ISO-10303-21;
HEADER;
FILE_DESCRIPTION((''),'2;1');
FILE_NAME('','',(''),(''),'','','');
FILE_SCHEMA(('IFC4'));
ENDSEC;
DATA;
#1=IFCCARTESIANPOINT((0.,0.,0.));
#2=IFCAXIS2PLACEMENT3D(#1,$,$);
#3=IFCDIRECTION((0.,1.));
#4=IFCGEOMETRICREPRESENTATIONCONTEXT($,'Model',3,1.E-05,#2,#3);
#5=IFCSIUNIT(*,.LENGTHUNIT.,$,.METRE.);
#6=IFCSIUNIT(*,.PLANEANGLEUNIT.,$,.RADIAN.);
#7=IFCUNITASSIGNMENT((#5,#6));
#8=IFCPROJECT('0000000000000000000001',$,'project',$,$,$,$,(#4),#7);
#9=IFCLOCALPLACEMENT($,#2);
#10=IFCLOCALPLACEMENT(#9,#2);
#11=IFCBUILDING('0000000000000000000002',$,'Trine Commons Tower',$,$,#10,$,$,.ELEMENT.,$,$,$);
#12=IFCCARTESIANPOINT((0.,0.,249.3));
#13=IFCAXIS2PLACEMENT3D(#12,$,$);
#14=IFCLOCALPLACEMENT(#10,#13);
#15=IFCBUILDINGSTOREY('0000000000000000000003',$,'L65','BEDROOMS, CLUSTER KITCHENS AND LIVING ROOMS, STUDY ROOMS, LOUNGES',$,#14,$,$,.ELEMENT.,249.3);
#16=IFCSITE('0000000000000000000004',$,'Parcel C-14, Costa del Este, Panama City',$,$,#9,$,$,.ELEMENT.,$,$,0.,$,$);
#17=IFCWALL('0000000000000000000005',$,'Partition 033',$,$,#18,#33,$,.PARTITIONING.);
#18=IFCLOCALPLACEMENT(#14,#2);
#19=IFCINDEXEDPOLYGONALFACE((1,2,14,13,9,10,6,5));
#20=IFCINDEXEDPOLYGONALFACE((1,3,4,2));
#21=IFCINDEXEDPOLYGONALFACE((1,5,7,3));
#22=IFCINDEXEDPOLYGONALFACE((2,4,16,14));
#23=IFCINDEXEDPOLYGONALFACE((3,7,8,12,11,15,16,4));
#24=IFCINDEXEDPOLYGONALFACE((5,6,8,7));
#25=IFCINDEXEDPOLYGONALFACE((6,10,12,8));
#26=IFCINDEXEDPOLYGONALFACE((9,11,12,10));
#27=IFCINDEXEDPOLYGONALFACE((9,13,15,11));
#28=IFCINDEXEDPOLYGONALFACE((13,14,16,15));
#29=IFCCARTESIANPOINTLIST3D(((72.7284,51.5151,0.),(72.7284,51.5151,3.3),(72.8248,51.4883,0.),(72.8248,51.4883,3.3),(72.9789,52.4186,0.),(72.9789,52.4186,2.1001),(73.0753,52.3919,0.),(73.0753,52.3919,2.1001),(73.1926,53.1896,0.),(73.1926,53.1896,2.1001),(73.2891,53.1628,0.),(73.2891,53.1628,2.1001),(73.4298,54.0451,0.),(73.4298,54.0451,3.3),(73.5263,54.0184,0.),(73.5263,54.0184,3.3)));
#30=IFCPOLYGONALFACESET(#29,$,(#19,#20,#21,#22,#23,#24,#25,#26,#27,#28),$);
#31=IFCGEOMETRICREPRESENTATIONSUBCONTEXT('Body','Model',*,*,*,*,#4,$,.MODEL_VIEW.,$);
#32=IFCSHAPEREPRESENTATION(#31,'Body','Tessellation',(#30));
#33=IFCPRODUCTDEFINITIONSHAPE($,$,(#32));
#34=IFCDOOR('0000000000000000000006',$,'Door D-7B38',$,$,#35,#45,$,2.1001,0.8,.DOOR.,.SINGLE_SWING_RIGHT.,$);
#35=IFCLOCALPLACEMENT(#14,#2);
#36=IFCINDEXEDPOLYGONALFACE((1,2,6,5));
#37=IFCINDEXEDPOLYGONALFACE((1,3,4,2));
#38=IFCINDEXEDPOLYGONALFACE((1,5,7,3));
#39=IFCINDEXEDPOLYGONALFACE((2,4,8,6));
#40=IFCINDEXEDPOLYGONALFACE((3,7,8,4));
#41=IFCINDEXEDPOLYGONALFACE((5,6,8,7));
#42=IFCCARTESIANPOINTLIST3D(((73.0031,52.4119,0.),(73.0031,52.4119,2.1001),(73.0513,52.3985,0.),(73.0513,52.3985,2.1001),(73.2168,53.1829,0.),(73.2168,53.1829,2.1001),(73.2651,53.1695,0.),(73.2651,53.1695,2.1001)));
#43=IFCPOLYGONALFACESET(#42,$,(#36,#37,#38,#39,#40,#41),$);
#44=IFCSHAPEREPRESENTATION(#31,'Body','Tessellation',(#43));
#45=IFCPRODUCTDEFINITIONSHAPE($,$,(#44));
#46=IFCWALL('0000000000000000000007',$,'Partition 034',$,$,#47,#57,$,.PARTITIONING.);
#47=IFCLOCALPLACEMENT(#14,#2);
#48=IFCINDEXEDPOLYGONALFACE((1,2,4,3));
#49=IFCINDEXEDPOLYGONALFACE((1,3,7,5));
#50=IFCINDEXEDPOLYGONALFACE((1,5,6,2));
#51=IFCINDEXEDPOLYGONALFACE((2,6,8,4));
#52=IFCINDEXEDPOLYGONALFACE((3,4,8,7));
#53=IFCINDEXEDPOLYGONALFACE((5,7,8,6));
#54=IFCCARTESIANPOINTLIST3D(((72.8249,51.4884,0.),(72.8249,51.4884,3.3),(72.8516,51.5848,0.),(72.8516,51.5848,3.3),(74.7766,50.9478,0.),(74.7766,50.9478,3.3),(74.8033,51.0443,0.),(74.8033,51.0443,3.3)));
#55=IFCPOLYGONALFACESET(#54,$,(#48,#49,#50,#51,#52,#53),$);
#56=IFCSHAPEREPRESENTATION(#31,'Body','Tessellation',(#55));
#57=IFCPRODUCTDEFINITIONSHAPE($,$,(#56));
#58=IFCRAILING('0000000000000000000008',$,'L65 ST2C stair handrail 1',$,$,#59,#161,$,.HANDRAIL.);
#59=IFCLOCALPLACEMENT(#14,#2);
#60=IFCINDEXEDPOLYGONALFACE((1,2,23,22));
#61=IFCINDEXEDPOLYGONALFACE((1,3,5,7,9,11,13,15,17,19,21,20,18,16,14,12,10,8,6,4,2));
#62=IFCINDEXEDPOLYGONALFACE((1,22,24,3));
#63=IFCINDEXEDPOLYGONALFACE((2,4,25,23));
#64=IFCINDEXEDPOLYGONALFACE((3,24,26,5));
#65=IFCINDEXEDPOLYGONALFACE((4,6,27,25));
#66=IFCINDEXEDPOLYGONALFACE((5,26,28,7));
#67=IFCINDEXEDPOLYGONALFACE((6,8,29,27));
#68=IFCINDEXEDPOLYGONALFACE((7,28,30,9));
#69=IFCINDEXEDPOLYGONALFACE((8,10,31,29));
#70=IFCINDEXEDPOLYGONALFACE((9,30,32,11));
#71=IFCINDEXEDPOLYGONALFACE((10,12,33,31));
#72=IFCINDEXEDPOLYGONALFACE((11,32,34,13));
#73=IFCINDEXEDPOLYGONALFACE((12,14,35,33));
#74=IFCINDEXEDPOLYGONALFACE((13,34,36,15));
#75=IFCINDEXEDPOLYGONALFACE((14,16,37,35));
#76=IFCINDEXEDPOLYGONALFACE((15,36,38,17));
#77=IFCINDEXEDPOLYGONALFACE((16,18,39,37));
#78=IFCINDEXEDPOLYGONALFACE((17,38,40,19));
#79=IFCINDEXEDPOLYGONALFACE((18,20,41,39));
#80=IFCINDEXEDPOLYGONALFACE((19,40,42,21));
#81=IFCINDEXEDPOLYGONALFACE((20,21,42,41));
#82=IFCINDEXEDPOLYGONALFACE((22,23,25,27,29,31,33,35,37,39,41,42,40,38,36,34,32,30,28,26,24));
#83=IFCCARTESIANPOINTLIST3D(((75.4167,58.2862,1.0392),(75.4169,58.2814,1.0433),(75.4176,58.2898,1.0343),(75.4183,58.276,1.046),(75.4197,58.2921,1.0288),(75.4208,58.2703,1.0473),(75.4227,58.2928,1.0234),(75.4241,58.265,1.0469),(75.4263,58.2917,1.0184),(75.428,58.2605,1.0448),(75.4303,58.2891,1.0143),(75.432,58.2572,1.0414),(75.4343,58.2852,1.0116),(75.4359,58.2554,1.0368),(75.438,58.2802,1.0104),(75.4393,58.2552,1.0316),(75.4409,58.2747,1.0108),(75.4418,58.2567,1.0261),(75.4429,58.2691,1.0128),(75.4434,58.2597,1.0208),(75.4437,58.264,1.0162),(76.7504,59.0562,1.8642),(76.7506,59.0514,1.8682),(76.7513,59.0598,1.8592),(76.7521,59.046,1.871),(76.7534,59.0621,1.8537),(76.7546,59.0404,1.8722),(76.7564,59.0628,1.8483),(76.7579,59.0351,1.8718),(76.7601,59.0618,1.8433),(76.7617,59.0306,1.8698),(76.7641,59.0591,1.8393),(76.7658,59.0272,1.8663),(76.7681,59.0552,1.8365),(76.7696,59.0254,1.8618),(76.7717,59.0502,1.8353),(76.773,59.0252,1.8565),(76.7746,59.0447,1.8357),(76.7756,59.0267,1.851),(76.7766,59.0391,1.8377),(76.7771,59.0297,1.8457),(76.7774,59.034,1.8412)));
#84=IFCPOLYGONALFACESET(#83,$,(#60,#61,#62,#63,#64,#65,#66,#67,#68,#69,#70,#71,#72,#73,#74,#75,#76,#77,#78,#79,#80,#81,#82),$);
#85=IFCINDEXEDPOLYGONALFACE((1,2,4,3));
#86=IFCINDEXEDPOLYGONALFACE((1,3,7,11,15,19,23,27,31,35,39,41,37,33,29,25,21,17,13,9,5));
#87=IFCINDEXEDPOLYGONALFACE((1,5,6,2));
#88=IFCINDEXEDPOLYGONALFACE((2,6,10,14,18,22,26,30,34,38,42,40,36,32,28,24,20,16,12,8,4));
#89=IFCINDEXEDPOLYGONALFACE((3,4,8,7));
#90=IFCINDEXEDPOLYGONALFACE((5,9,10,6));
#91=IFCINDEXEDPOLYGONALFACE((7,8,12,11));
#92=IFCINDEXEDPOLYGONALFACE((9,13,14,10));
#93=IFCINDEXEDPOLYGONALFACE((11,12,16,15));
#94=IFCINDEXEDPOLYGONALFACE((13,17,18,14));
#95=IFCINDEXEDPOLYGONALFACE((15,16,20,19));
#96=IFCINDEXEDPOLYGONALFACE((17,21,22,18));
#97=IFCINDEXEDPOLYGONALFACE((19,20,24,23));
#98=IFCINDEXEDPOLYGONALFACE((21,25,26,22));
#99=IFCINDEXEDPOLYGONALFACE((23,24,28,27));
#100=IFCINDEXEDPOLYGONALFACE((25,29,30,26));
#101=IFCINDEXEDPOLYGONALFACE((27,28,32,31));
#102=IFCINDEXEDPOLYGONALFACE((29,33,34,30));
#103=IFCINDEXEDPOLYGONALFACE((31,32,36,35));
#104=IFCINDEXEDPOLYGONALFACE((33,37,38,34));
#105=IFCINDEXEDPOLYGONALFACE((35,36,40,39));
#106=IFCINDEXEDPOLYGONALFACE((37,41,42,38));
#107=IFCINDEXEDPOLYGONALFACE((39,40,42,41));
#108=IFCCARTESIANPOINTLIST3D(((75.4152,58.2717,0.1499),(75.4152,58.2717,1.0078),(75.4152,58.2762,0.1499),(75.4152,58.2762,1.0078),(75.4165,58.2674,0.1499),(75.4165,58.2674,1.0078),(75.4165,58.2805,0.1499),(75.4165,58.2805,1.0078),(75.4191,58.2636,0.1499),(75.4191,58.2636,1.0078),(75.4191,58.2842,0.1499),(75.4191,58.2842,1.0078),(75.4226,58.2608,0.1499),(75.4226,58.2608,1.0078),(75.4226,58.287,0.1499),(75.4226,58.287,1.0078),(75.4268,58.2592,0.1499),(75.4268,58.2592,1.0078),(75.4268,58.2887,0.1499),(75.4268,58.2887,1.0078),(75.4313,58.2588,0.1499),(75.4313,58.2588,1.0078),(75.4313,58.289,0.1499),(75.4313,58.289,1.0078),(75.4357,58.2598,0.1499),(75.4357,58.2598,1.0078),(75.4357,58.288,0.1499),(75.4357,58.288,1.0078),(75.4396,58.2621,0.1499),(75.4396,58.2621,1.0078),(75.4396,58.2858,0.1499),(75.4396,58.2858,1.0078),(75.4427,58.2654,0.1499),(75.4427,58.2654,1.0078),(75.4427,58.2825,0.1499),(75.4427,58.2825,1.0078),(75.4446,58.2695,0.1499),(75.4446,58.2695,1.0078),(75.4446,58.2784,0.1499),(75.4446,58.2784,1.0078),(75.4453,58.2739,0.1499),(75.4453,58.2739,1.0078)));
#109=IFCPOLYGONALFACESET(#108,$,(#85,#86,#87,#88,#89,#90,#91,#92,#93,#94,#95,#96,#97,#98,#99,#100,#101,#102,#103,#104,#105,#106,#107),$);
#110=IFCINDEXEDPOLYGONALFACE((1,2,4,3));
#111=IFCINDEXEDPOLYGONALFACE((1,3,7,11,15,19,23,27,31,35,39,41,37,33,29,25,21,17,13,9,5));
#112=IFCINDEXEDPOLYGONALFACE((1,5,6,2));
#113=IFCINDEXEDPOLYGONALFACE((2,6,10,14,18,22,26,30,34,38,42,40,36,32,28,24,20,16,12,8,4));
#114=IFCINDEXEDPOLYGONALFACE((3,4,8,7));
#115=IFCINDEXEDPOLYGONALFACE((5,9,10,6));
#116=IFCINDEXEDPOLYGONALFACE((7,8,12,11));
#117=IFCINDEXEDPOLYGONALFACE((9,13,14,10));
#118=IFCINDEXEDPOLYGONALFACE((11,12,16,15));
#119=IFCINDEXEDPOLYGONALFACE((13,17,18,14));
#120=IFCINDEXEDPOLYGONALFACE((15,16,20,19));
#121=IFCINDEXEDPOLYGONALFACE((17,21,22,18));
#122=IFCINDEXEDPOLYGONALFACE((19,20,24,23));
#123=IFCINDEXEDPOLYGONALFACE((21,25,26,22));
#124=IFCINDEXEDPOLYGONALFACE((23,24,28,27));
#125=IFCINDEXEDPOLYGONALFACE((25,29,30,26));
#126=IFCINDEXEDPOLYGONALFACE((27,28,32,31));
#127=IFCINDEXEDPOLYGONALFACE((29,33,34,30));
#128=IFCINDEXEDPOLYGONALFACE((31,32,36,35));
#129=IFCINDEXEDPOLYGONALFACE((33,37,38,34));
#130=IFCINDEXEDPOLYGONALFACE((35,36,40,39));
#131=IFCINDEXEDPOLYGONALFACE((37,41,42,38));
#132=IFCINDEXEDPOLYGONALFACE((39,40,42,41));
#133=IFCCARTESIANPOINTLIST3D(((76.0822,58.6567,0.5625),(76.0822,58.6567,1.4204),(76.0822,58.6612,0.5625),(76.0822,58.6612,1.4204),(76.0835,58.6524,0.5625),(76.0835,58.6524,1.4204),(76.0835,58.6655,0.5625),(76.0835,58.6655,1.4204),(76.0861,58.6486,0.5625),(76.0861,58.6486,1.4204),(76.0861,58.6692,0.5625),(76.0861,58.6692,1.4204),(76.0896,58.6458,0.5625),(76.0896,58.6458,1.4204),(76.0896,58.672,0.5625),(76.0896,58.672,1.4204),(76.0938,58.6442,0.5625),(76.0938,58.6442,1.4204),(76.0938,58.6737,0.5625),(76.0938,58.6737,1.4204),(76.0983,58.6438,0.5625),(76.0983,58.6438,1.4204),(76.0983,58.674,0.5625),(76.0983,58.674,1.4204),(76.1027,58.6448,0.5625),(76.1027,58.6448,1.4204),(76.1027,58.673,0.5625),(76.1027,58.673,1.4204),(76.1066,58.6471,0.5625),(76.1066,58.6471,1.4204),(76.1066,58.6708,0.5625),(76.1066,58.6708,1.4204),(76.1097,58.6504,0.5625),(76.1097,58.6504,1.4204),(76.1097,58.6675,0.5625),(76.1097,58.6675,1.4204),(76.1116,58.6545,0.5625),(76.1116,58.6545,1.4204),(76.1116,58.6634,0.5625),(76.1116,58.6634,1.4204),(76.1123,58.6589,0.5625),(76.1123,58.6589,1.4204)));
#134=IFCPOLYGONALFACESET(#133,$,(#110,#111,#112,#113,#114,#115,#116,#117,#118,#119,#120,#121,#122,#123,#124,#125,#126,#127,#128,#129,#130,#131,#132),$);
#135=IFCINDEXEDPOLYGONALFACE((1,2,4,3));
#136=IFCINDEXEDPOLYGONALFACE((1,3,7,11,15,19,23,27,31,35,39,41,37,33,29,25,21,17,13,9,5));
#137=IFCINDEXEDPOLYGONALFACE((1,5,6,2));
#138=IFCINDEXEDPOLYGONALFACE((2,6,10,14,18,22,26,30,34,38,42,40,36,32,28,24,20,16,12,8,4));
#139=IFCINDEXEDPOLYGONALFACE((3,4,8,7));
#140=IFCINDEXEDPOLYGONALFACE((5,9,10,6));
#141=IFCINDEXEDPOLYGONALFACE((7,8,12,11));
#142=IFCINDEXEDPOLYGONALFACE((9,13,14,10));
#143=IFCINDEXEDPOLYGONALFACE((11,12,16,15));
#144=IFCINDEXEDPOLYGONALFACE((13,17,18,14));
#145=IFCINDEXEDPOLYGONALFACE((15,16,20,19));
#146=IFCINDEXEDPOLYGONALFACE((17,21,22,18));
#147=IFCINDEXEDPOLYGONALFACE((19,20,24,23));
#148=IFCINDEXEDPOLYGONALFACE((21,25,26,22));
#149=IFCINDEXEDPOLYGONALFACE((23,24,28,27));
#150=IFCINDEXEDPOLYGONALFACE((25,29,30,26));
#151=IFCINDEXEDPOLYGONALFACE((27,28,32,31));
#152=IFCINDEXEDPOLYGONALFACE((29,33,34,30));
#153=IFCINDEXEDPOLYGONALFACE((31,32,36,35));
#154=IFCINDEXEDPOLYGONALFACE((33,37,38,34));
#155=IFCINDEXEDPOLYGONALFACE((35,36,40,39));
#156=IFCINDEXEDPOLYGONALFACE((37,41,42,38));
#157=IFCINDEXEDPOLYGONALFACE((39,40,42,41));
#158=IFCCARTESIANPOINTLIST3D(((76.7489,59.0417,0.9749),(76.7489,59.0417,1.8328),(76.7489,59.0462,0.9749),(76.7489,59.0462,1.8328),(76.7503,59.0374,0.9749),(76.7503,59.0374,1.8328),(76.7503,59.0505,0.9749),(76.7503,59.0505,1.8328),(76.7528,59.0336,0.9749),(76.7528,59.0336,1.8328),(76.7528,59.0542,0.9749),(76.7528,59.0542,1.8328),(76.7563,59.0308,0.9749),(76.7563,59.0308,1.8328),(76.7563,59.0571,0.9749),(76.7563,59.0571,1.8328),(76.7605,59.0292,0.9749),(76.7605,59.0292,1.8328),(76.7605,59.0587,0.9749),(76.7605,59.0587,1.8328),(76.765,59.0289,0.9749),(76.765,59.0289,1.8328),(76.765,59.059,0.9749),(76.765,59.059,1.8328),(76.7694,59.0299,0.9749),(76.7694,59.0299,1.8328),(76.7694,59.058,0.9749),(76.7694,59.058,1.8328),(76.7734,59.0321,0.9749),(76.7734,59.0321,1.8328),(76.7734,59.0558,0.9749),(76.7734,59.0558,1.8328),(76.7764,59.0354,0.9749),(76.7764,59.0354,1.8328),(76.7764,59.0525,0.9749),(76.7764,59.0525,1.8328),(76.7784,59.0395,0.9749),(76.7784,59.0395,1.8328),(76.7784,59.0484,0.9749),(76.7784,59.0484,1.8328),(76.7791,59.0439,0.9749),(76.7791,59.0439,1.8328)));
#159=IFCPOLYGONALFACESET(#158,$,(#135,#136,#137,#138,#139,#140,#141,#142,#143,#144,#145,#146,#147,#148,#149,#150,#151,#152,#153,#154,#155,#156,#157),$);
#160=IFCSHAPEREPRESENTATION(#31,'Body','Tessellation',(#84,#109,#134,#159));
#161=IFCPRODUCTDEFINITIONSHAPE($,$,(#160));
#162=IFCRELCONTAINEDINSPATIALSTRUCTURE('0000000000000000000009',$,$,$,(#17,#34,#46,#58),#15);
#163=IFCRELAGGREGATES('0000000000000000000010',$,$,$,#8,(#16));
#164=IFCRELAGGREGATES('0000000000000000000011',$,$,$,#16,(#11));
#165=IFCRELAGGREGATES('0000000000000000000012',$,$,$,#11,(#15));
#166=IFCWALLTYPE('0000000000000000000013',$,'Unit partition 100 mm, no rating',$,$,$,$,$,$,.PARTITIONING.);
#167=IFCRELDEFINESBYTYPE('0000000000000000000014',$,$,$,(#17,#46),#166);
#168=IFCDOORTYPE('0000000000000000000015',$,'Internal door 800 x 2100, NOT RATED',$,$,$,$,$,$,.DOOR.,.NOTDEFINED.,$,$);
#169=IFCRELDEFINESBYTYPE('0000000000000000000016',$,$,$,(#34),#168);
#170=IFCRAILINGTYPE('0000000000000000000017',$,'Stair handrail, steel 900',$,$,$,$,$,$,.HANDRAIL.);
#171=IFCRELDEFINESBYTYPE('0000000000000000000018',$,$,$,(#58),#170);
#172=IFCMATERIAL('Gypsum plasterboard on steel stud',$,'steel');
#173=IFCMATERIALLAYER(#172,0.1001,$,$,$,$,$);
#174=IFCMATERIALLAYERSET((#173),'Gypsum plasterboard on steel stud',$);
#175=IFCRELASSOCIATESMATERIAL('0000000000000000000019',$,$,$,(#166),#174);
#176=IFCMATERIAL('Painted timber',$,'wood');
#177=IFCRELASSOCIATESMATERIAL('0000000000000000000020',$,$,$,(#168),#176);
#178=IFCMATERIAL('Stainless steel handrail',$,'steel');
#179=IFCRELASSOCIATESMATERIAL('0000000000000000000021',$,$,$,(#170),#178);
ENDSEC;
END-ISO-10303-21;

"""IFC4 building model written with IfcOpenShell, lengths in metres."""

from ifc_helpers import new_model, si_unit, direction, frame, frame_2d, origin, origin_2d, place, context, subcontext, project, spatial, rectangle, circle, extrude, material, layer, layer_set, type_object, element, fill, save


model = new_model("IFC4")

# Units and contexts
model_context = context("Model", 3, precision=1e-05, world=origin(), true_north=direction((0.0, 1.0)))
body_context = subcontext(model_context, "Body", "Model", "MODEL_VIEW")
ifc_project = project(units=[si_unit("LENGTHUNIT", "METRE"), si_unit("PLANEANGLEUNIT", "RADIAN")], contexts=[model_context])

# Site, building, storey
site_placement = place(None, origin())
site = spatial("IfcSite", under=ifc_project, at=site_placement, Name="Parcel C-14, Costa del Este, Panama City", CompositionType="ELEMENT", RefElevation=0.0)
building_placement = place(site_placement, origin())
building = spatial("IfcBuilding", under=site, at=building_placement, Name="Trine Commons Tower", CompositionType="ELEMENT")
storey_placement = place(building_placement, frame((0.0, 0.0, 249.3)))
storey = spatial("IfcBuildingStorey", under=building, at=storey_placement, Name="L65", Description="BEDROOMS, CLUSTER KITCHENS AND LIVING ROOMS, STUDY ROOMS, LOUNGES", CompositionType="ELEMENT", Elevation=249.3)

# Shared definitions
ifc_material_1 = material(Name="Gypsum plasterboard on steel stud", Category="steel")
ifc_material_2 = material(Name="Painted timber", Category="wood")

# Wall, opening, door
ifc_layer_1 = layer(ifc_material_1, 0.1001)
ifc_layer_set_1 = layer_set([ifc_layer_1], Name="Gypsum plasterboard on steel stud")
wall_type_1 = type_object("IfcWallType", Name="Unit partition 100 mm, no rating", PredefinedType="PARTITIONING", material=ifc_layer_set_1)
wall_1_placement = place(storey_placement, frame((72.7766, 51.5017, 0.0), z_axis=(0.0, 0.0, 1.0), x_axis=(0.267159, 0.963652, 0.0)))
wall_1 = element("IfcWall", 1, at=wall_1_placement, inside=storey, type_object=wall_type_1, Name="Partition 033", PredefinedType="PARTITIONING", context=body_context, shape_type="SweptSolid", body=[
    extrude(rectangle(XDim=2.6255, YDim=0.1001, at=frame_2d((1.3127, 0.0))), origin(), (0.0, 0.0, 1.0), 3.3),
])
opening_1_placement = place(wall_1_placement, frame((0.9377, 0.0, 0.0)))
opening_1 = element("IfcOpeningElement", 2, at=opening_1_placement, cuts=wall_1, PredefinedType="OPENING", context=body_context, shape_type="SweptSolid", body=[
    extrude(rectangle(XDim=0.8, YDim=2.1001, at=frame_2d((0.3999, 1.05))), frame((0.0, 0.0601, 0.0), z_axis=(0.0, -1.0, 0.0), x_axis=(1.0, 0.0, 0.0)), (0.0, 0.0, 1.0), 0.1201),
])
door_type_1 = type_object("IfcDoorType", Name="Internal door 800 x 2100, NOT RATED", OperationType="NOTDEFINED", PredefinedType="DOOR", material=ifc_material_2)
door_1_placement = place(opening_1_placement, origin())
door_1 = element("IfcDoor", 3, at=door_1_placement, inside=storey, type_object=door_type_1, Name="Door D-7B38", OperationType="SINGLE_SWING_RIGHT", OverallHeight=2.1001, OverallWidth=0.8, PredefinedType="DOOR", context=body_context, shape_type="SweptSolid", body=[
    extrude(rectangle(XDim=0.8, YDim=2.1001, at=frame_2d((0.3999, 1.05))), frame((0.0, 0.0249, 0.0), z_axis=(0.0, -1.0, 0.0), x_axis=(1.0, 0.0, 0.0)), (0.0, 0.0, 1.0), 0.05),
])
fill(opening_1, door_1)

# Wall
wall_2_placement = place(storey_placement, frame((72.8381, 51.5366, 0.0), z_axis=(0.0, 0.0, 1.0), x_axis=(0.963721, -0.26691, 0.0)))
element("IfcWall", 4, at=wall_2_placement, inside=storey, type_object=wall_type_1, Name="Partition 034", PredefinedType="PARTITIONING", context=body_context, shape_type="SweptSolid", body=[
    extrude(rectangle(XDim=2.0251, YDim=0.1001, at=frame_2d((1.0127, 0.0))), origin(), (0.0, 0.0, 1.0), 3.3),
])

# Railing
ifc_material_3 = material(Name="Stainless steel handrail", Category="steel")
railing_type = type_object("IfcRailingType", Name="Stair handrail, steel 900", PredefinedType="HANDRAIL", material=ifc_material_3)
railing_placement = place(storey_placement, frame((75.4302, 58.2739, 0.1499)))
element("IfcRailing", 5, at=railing_placement, inside=storey, type_object=railing_type, Name="L65 ST2C stair handrail 1", PredefinedType="HANDRAIL", context=body_context, shape_type="SweptSolid", body=[
    extrude(circle(Radius=0.021, at=origin_2d()), frame((0.0, 0.0, 0.8789), z_axis=(0.763405, 0.440743, 0.472185), x_axis=(-0.499992, 0.86603, 0.0)), (0.0, 0.0, 1.0), 1.7471),
    extrude(circle(Radius=0.0151, at=origin_2d()), origin(), (0.0, 0.0, 1.0), 0.8579),
    extrude(circle(Radius=0.0151, at=origin_2d()), frame((0.667, 0.385, 0.4126)), (0.0, 0.0, 1.0), 0.8579),
    extrude(circle(Radius=0.0151, at=origin_2d()), frame((1.3337, 0.77, 0.825)), (0.0, 0.0, 1.0), 0.8579),
])

save(model, "model.ifc")
